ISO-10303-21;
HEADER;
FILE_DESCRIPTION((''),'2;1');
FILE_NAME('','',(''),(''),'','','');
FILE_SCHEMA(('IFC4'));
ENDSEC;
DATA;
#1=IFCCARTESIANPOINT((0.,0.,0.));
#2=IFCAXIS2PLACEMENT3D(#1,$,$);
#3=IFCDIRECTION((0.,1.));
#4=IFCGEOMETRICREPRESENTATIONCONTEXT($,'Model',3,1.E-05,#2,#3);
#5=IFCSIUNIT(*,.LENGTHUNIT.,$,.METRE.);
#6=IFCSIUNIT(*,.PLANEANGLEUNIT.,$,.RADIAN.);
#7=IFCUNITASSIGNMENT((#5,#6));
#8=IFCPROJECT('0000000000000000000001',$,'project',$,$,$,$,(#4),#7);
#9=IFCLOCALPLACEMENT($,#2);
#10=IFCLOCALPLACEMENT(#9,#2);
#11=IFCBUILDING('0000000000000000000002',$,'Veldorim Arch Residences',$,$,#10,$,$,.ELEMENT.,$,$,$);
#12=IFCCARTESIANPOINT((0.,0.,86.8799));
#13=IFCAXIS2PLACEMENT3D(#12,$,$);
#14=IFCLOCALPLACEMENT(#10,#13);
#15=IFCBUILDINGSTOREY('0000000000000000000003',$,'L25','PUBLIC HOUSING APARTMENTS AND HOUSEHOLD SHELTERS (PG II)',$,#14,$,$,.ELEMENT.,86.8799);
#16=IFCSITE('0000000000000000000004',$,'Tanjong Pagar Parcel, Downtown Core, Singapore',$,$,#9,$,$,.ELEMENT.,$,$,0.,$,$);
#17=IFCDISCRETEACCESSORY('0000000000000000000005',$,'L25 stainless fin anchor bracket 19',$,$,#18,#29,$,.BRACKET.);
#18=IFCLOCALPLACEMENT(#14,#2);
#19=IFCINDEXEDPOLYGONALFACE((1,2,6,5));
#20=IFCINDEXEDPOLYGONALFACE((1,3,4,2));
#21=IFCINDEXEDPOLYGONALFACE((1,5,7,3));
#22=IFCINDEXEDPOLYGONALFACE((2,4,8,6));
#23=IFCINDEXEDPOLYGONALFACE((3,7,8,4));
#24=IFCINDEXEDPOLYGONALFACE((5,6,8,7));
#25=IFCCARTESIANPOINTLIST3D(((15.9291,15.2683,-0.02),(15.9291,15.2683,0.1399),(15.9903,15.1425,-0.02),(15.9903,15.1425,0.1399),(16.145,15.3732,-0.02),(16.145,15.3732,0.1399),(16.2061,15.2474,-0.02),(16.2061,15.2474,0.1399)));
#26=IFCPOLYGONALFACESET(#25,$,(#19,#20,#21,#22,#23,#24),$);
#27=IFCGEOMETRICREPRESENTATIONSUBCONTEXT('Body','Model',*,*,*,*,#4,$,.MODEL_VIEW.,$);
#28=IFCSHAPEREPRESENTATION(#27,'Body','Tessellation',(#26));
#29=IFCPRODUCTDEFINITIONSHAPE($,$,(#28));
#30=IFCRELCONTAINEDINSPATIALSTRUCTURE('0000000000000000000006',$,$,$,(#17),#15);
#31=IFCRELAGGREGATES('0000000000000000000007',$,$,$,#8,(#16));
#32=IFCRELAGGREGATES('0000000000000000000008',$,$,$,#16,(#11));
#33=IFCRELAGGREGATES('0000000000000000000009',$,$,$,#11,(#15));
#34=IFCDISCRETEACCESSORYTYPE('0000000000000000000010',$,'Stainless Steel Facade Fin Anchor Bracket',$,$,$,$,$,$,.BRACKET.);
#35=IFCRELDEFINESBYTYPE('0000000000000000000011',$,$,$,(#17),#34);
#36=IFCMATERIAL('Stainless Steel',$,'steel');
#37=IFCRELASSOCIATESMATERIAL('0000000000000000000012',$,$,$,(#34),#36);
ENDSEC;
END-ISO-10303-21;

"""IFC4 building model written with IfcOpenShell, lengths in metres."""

from ifc_helpers import new_model, si_unit, direction, frame, origin, origin_2d, place, context, subcontext, project, spatial, rectangle, extrude, material, type_object, element, save


model = new_model("IFC4")

# Units and contexts
model_context = context("Model", 3, precision=1e-05, world=origin(), true_north=direction((0.0, 1.0)))
body_context = subcontext(model_context, "Body", "Model", "MODEL_VIEW")
ifc_project = project(units=[si_unit("LENGTHUNIT", "METRE"), si_unit("PLANEANGLEUNIT", "RADIAN")], contexts=[model_context])

# Site, building, storey
site_placement = place(None, origin())
site = spatial("IfcSite", under=ifc_project, at=site_placement, Name="Tanjong Pagar Parcel, Downtown Core, Singapore", CompositionType="ELEMENT", RefElevation=0.0)
building_placement = place(site_placement, origin())
building = spatial("IfcBuilding", under=site, at=building_placement, Name="Veldorim Arch Residences", CompositionType="ELEMENT")
storey_placement = place(building_placement, frame((0.0, 0.0, 86.8799)))
storey = spatial("IfcBuildingStorey", under=building, at=storey_placement, Name="L25", Description="PUBLIC HOUSING APARTMENTS AND HOUSEHOLD SHELTERS (PG II)", CompositionType="ELEMENT", Elevation=86.8799)

# Discrete accessory
ifc_material_1 = material(Name="Stainless Steel", Category="steel")
discrete_accessory_type = type_object("IfcDiscreteAccessoryType", Name="Stainless Steel Facade Fin Anchor Bracket", PredefinedType="BRACKET", material=ifc_material_1)
discrete_accessory_placement = place(storey_placement, frame((16.0676, 15.2578, -0.02), z_axis=(0.0, 0.0, 1.0), x_axis=(-0.437116, 0.899405, 0.0)))
element("IfcDiscreteAccessory", 1, at=discrete_accessory_placement, inside=storey, type_object=discrete_accessory_type, Name="L25 stainless fin anchor bracket 19", PredefinedType="BRACKET", context=body_context, shape_type="SweptSolid", body=[
    extrude(rectangle(XDim=0.1399, YDim=0.24, at=origin_2d()), origin(), (0.0, 0.0, 1.0), 0.1599),
])

save(model, "model.ifc")
